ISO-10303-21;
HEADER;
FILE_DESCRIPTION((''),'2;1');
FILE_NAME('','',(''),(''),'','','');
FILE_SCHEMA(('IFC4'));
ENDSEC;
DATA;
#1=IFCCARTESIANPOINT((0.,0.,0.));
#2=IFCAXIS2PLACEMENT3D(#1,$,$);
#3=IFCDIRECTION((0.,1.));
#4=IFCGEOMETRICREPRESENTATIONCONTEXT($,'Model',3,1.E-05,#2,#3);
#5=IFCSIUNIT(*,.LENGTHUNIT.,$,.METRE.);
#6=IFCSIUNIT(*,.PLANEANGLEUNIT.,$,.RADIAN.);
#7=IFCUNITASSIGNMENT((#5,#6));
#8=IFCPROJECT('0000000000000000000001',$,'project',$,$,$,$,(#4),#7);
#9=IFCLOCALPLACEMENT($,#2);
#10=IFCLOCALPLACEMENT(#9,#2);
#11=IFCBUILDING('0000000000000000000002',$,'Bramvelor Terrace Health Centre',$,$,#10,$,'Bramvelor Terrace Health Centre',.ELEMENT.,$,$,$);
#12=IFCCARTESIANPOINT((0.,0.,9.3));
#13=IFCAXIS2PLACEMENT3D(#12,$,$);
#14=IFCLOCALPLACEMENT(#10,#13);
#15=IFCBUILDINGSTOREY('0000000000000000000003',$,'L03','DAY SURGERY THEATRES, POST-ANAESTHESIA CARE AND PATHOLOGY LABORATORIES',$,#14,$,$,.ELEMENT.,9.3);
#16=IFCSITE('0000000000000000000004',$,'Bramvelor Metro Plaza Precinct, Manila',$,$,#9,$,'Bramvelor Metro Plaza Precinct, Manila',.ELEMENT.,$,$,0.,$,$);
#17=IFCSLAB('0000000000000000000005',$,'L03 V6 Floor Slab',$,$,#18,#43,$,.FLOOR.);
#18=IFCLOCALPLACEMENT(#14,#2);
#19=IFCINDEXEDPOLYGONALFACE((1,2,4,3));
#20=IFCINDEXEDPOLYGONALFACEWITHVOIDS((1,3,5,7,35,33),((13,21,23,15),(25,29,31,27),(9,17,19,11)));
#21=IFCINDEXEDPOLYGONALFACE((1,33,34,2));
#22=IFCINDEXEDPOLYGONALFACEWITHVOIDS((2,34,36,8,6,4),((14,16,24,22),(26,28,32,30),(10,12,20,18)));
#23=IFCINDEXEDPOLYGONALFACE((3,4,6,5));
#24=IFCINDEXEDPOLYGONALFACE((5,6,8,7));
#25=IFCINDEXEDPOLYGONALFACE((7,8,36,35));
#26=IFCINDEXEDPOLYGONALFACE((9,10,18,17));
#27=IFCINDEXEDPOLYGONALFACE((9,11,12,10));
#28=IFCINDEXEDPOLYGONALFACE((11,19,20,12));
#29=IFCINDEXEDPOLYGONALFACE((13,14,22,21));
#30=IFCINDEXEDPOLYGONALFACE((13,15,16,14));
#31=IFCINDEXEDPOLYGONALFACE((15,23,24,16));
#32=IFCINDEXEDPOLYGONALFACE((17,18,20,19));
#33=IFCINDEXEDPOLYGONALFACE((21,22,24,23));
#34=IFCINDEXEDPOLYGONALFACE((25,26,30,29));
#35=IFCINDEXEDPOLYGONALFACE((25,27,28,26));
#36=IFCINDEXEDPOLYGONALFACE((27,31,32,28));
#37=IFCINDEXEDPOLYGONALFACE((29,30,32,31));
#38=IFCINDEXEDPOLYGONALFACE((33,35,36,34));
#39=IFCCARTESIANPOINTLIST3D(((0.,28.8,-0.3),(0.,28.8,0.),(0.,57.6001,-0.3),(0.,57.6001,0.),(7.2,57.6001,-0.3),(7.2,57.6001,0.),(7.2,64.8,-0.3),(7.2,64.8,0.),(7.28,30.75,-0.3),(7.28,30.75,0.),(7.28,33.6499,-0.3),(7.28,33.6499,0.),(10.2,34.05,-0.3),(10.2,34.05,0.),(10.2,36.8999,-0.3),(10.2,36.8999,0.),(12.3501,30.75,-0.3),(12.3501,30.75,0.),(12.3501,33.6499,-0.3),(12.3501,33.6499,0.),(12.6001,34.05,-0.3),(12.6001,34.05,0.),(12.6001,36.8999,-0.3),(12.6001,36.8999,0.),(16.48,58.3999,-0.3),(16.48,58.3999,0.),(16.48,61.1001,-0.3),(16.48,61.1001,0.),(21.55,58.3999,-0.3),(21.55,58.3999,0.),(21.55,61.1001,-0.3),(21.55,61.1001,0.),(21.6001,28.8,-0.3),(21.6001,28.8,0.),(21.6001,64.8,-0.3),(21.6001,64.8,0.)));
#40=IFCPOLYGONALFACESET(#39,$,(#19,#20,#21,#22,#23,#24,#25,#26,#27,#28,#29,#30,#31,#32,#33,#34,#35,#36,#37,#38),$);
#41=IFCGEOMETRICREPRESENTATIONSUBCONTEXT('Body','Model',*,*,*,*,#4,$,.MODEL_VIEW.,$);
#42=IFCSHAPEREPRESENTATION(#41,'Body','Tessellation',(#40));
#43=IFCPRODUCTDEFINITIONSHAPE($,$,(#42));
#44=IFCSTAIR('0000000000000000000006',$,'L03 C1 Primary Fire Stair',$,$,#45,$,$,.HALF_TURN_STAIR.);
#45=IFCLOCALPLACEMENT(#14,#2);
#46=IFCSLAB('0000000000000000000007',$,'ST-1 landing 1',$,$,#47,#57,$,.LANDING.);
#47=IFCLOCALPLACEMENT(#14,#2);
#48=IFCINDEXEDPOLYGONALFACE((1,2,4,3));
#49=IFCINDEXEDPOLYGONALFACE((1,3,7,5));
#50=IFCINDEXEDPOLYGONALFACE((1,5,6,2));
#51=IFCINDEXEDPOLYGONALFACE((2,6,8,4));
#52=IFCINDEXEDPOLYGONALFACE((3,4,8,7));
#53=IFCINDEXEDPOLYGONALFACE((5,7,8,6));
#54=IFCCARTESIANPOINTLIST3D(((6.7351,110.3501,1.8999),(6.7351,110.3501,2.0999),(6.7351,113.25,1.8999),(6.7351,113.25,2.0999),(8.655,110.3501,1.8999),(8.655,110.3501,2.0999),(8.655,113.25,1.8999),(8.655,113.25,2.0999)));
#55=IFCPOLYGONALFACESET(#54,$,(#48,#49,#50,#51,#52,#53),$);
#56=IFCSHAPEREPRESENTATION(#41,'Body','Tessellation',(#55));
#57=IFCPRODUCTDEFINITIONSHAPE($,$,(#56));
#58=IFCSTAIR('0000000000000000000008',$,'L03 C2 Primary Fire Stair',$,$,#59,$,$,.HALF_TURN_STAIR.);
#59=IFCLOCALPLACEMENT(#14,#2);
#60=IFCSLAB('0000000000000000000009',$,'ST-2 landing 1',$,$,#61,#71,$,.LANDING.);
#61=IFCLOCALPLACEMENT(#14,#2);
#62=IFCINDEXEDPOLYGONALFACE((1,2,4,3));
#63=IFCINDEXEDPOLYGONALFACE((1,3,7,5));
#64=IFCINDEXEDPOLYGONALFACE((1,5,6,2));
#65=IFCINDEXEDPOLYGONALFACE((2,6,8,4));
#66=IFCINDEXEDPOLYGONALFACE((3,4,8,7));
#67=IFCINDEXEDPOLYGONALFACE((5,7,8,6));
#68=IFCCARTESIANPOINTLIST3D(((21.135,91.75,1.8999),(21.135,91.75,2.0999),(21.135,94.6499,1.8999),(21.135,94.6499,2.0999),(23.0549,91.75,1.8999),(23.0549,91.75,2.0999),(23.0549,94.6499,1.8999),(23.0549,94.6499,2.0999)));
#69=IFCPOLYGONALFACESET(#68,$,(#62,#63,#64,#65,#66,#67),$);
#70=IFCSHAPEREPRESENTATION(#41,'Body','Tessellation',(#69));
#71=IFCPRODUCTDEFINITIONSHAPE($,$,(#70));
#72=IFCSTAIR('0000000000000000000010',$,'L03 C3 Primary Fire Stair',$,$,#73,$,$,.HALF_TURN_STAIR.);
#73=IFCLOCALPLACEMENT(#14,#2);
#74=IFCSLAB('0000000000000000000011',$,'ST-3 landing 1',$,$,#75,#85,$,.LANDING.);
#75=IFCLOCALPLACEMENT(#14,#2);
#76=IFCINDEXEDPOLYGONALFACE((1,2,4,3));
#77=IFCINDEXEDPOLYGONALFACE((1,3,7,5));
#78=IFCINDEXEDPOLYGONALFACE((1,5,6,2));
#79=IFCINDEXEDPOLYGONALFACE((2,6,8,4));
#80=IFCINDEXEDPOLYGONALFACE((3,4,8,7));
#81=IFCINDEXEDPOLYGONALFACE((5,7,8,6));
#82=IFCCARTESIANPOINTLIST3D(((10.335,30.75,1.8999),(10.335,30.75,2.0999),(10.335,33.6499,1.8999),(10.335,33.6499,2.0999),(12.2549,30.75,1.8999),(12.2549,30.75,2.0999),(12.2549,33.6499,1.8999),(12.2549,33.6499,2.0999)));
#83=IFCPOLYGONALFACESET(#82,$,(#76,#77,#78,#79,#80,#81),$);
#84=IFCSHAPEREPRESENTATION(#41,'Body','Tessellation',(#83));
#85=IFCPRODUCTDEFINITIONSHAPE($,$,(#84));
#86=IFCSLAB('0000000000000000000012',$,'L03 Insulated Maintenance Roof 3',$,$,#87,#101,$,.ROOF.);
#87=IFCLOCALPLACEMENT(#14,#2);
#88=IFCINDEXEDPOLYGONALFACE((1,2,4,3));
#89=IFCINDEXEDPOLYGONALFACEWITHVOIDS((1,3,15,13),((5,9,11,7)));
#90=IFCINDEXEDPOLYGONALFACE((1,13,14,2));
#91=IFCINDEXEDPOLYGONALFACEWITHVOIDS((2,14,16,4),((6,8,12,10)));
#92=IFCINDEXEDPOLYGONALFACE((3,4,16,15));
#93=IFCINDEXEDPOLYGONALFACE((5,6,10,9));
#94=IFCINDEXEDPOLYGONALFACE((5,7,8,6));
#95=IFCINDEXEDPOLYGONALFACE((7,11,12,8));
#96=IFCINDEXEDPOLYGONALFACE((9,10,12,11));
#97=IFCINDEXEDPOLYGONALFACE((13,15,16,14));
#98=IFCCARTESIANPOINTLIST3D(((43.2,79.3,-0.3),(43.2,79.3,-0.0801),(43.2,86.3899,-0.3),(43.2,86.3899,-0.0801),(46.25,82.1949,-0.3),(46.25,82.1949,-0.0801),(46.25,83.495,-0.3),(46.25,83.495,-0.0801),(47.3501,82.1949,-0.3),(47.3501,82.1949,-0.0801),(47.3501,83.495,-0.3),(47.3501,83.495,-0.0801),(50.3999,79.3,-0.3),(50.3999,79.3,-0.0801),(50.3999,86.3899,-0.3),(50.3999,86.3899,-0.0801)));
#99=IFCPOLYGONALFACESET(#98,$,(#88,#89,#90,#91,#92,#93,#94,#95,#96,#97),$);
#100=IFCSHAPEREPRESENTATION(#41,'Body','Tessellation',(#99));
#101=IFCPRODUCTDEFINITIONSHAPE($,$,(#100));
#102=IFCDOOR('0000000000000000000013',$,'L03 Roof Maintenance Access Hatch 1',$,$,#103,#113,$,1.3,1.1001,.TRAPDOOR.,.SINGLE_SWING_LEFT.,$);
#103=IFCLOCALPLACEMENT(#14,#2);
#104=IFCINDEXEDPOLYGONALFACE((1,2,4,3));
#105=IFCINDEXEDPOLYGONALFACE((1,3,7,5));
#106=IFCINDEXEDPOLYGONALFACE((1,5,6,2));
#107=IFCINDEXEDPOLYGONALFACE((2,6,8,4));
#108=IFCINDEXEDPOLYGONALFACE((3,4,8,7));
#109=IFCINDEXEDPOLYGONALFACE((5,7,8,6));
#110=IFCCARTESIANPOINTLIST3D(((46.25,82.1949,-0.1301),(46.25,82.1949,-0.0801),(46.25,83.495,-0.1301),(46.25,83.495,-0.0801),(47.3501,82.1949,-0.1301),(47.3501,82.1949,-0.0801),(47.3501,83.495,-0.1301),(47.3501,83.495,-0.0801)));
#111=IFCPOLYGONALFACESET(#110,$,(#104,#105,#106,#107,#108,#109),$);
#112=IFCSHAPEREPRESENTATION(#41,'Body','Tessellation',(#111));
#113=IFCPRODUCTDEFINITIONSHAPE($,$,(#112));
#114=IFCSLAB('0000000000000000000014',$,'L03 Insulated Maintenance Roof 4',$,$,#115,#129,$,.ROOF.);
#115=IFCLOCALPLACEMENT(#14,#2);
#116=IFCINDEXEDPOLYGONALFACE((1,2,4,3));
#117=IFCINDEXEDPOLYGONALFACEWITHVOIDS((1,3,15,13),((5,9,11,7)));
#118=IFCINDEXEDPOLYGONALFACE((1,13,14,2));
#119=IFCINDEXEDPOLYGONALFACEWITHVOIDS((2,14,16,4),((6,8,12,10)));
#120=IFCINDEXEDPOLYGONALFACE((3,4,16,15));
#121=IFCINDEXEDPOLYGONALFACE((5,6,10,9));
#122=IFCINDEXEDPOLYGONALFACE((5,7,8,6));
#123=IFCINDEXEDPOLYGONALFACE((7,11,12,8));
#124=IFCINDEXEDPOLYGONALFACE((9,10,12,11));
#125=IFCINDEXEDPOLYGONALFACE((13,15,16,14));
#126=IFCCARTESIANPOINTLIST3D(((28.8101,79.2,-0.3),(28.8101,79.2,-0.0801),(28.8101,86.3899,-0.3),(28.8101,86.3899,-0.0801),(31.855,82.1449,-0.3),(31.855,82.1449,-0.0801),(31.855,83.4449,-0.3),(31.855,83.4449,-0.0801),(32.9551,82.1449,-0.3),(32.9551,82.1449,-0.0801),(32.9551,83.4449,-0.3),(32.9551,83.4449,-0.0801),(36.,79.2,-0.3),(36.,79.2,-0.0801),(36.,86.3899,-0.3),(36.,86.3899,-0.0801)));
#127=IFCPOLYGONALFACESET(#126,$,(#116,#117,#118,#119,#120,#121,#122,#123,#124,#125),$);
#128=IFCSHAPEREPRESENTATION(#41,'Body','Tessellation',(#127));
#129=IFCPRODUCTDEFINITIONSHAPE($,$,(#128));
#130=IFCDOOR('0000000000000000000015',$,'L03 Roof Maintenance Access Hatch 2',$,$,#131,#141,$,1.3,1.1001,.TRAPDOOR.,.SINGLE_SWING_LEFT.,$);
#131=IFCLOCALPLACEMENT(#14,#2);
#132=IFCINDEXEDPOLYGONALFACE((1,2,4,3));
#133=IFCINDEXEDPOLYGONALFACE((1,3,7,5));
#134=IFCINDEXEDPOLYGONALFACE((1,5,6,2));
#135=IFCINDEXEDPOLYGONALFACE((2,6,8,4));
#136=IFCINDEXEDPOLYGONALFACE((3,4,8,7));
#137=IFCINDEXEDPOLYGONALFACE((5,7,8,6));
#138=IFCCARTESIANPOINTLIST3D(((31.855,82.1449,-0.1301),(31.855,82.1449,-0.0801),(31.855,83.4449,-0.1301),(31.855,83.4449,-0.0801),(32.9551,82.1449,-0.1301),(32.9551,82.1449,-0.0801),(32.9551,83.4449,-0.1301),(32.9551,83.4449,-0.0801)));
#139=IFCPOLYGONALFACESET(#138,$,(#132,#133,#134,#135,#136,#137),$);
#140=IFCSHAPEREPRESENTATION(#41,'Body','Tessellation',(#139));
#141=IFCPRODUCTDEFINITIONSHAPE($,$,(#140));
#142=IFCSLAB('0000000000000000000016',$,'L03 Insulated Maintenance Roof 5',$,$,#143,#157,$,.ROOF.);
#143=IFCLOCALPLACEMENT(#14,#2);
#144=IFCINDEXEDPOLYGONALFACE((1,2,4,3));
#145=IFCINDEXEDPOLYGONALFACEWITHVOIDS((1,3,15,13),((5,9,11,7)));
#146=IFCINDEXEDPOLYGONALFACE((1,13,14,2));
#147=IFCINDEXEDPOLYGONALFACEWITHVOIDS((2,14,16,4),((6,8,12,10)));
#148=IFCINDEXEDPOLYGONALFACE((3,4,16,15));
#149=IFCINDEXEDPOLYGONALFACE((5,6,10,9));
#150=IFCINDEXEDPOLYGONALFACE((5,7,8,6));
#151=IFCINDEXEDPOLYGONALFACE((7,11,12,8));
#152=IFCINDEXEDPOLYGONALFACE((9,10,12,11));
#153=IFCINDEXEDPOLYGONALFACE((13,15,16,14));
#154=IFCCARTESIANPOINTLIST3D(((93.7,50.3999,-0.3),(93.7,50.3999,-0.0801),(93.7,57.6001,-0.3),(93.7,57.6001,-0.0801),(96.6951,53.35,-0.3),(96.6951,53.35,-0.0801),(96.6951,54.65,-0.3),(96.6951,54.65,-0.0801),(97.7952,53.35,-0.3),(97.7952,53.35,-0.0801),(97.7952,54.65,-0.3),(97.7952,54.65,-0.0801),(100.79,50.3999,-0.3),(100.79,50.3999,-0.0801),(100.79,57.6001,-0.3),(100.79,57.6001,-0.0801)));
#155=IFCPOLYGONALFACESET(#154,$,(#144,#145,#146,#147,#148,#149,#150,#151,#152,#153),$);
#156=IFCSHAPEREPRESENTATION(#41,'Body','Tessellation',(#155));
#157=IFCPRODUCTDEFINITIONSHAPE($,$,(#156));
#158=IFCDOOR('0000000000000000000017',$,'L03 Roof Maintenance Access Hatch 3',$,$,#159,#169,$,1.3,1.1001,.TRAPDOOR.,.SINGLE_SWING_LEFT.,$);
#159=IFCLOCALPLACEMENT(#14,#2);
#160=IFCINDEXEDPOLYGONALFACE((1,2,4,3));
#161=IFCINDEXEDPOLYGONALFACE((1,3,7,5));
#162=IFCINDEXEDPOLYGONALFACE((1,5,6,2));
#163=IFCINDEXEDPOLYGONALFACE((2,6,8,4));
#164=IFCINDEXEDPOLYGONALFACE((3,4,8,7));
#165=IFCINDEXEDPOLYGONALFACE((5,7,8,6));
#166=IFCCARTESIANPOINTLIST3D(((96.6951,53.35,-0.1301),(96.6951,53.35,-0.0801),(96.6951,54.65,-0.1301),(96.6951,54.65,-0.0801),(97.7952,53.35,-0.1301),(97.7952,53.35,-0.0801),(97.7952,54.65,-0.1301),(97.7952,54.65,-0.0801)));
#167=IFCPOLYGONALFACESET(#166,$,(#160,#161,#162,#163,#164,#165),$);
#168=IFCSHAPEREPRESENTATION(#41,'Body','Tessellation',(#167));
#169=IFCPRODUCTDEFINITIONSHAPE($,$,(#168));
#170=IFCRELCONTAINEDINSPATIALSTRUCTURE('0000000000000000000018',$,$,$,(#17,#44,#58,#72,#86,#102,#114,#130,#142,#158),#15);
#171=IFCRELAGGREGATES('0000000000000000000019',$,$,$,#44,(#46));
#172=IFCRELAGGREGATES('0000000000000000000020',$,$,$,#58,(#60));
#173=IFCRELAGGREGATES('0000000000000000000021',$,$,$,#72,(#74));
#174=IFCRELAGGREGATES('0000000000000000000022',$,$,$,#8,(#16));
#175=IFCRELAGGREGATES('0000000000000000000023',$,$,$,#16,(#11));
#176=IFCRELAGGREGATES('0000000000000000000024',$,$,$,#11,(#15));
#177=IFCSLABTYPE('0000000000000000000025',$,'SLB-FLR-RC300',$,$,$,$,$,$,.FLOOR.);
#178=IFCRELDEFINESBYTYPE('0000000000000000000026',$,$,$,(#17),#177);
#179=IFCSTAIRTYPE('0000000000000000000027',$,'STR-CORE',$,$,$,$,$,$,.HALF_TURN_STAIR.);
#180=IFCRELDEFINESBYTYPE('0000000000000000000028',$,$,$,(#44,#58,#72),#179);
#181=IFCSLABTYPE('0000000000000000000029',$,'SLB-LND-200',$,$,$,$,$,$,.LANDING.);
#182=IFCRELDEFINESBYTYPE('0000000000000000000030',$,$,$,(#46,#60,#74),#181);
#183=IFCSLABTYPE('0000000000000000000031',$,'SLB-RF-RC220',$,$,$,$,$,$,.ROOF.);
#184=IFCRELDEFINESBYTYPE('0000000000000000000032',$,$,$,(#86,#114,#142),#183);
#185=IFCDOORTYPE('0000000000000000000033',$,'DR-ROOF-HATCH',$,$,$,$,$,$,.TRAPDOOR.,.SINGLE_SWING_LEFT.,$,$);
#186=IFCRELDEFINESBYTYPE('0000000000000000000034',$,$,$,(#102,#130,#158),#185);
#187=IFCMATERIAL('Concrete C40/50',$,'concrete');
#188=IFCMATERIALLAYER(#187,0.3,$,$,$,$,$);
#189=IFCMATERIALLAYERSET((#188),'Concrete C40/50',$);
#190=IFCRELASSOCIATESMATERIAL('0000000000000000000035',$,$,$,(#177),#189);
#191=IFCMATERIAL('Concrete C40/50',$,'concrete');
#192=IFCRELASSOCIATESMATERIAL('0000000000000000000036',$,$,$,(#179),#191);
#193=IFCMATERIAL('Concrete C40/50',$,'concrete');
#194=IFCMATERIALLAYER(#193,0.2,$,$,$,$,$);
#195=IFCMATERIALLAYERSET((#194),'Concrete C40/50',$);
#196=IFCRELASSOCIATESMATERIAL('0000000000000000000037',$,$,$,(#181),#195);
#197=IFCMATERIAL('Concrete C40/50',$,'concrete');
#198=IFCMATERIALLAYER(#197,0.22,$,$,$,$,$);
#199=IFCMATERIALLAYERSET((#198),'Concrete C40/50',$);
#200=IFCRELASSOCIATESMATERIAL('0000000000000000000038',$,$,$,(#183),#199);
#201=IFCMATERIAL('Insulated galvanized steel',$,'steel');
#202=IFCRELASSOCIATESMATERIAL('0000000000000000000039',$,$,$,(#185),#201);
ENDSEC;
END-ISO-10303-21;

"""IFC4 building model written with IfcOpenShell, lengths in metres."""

from ifc_helpers import new_model, si_unit, direction, frame, origin, origin_2d, place, context, subcontext, project, spatial, polyline, rectangle, outline, extrude, material, layer, layer_set, type_object, element, fill, aggregate, save


model = new_model("IFC4")

# Units and contexts
model_context = context("Model", 3, precision=1e-05, world=origin(), true_north=direction((0.0, 1.0)))
body_context = subcontext(model_context, "Body", "Model", "MODEL_VIEW")
ifc_project = project(units=[si_unit("LENGTHUNIT", "METRE"), si_unit("PLANEANGLEUNIT", "RADIAN")], contexts=[model_context])

# Site, building, storey
site_placement = place(None, origin())
site = spatial("IfcSite", under=ifc_project, at=site_placement, Name="Bramvelor Metro Plaza Precinct, Manila", LongName="Bramvelor Metro Plaza Precinct, Manila", CompositionType="ELEMENT", RefElevation=0.0)
building_placement = place(site_placement, origin())
building = spatial("IfcBuilding", under=site, at=building_placement, Name="Bramvelor Terrace Health Centre", LongName="Bramvelor Terrace Health Centre", CompositionType="ELEMENT")
storey_placement = place(building_placement, frame((0.0, 0.0, 9.3)))
storey = spatial("IfcBuildingStorey", under=building, at=storey_placement, Name="L03", Description="DAY SURGERY THEATRES, POST-ANAESTHESIA CARE AND PATHOLOGY LABORATORIES", CompositionType="ELEMENT", Elevation=9.3)

# Slab
ifc_material_1 = material(Name="Concrete C40/50", Category="concrete")
ifc_layer_1 = layer(ifc_material_1, 0.3)
ifc_layer_set_1 = layer_set([ifc_layer_1], Name="Concrete C40/50")
slab_type_1 = type_object("IfcSlabType", Name="SLB-FLR-RC300", PredefinedType="FLOOR", material=ifc_layer_set_1)
slab_1_placement = place(storey_placement, frame((0.0, 0.0, -0.3)))
element("IfcSlab", 1, at=slab_1_placement, inside=storey, type_object=slab_type_1, Name="L03 V6 Floor Slab", PredefinedType="FLOOR", context=body_context, shape_type="SweptSolid", body=[
    extrude(outline(polyline([(0.0, 57.6001), (7.2, 57.6001), (7.2, 64.8), (21.6001, 64.8), (21.6001, 28.8), (0.0, 28.8), (0.0, 57.6001)]), holes=[polyline([(7.28, 30.75), (12.3501, 30.75), (12.3501, 33.6499), (7.28, 33.6499), (7.28, 30.75)]), polyline([(10.2, 36.8999), (10.2, 34.05), (12.6001, 34.05), (12.6001, 36.8999), (10.2, 36.8999)]), polyline([(21.55, 61.1001), (16.48, 61.1001), (16.48, 58.3999), (21.55, 58.3999), (21.55, 61.1001)])]), origin(), (0.0, 0.0, 1.0), 0.3),
])

# Stairs, slabs
ifc_material_2 = material(Name="Concrete C40/50", Category="concrete")
stair_type = type_object("IfcStairType", Name="STR-CORE", PredefinedType="HALF_TURN_STAIR", material=ifc_material_2)
stair_1_placement = place(storey_placement, origin())
stair_1 = element("IfcStair", 2, at=stair_1_placement, inside=storey, type_object=stair_type, Name="L03 C1 Primary Fire Stair", PredefinedType="HALF_TURN_STAIR")
ifc_material_3 = material(Name="Concrete C40/50", Category="concrete")
ifc_layer_2 = layer(ifc_material_3, 0.2)
ifc_layer_set_2 = layer_set([ifc_layer_2], Name="Concrete C40/50")
slab_type_2 = type_object("IfcSlabType", Name="SLB-LND-200", PredefinedType="LANDING", material=ifc_layer_set_2)
slab_2_placement = place(storey_placement, frame((0.0, 0.0, 1.8999)))
slab_2 = element("IfcSlab", 3, at=slab_2_placement, type_object=slab_type_2, Name="ST-1 landing 1", PredefinedType="LANDING", context=body_context, shape_type="SweptSolid", body=[
    extrude(outline(polyline([(6.7351, 110.3501), (8.655, 110.3501), (8.655, 113.25), (6.7351, 113.25), (6.7351, 110.3501)])), origin(), (0.0, 0.0, 1.0), 0.2),
])
aggregate(stair_1, [slab_2])
stair_2_placement = place(storey_placement, origin())
stair_2 = element("IfcStair", 4, at=stair_2_placement, inside=storey, type_object=stair_type, Name="L03 C2 Primary Fire Stair", PredefinedType="HALF_TURN_STAIR")
slab_3_placement = place(storey_placement, frame((0.0, 0.0, 1.8999)))
slab_3 = element("IfcSlab", 5, at=slab_3_placement, type_object=slab_type_2, Name="ST-2 landing 1", PredefinedType="LANDING", context=body_context, shape_type="SweptSolid", body=[
    extrude(outline(polyline([(21.135, 91.75), (23.0549, 91.75), (23.0549, 94.6499), (21.135, 94.6499), (21.135, 91.75)])), origin(), (0.0, 0.0, 1.0), 0.2),
])
aggregate(stair_2, [slab_3])
stair_3_placement = place(storey_placement, origin())
stair_3 = element("IfcStair", 6, at=stair_3_placement, inside=storey, type_object=stair_type, Name="L03 C3 Primary Fire Stair", PredefinedType="HALF_TURN_STAIR")
slab_4_placement = place(storey_placement, frame((0.0, 0.0, 1.8999)))
slab_4 = element("IfcSlab", 7, at=slab_4_placement, type_object=slab_type_2, Name="ST-3 landing 1", PredefinedType="LANDING", context=body_context, shape_type="SweptSolid", body=[
    extrude(outline(polyline([(10.335, 30.75), (12.2549, 30.75), (12.2549, 33.6499), (10.335, 33.6499), (10.335, 30.75)])), origin(), (0.0, 0.0, 1.0), 0.2),
])
aggregate(stair_3, [slab_4])

# Slabs, openings, doors
ifc_material_4 = material(Name="Concrete C40/50", Category="concrete")
ifc_layer_3 = layer(ifc_material_4, 0.22)
ifc_layer_set_3 = layer_set([ifc_layer_3], Name="Concrete C40/50")
slab_type_3 = type_object("IfcSlabType", Name="SLB-RF-RC220", PredefinedType="ROOF", material=ifc_layer_set_3)
slab_5_placement = place(storey_placement, frame((0.0, 0.0, -0.3)))
slab_5 = element("IfcSlab", 8, at=slab_5_placement, inside=storey, type_object=slab_type_3, Name="L03 Insulated Maintenance Roof 3", PredefinedType="ROOF", context=body_context, shape_type="SweptSolid", body=[
    extrude(outline(polyline([(43.2, 79.3), (43.2, 86.3899), (50.3999, 86.3899), (50.3999, 79.3), (43.2, 79.3)])), origin(), (0.0, 0.0, 1.0), 0.22),
])
opening_1_placement = place(slab_5_placement, frame((46.8, 82.845, 0.0)))
opening_1 = element("IfcOpeningElement", 9, at=opening_1_placement, cuts=slab_5, PredefinedType="OPENING", context=body_context, shape_type="SweptSolid", body=[
    extrude(rectangle(XDim=1.1001, YDim=1.3, at=origin_2d()), origin(), (0.0, 0.0, 1.0), 0.22),
])
ifc_material_5 = material(Name="Insulated galvanized steel", Category="steel")
door_type = type_object("IfcDoorType", Name="DR-ROOF-HATCH", OperationType="SINGLE_SWING_LEFT", PredefinedType="TRAPDOOR", material=ifc_material_5)
door_1_placement = place(opening_1_placement, frame((0.0, 0.0, 0.1699)))
door_1 = element("IfcDoor", 10, at=door_1_placement, inside=storey, type_object=door_type, Name="L03 Roof Maintenance Access Hatch 1", OperationType="SINGLE_SWING_LEFT", OverallHeight=1.3, OverallWidth=1.1001, PredefinedType="TRAPDOOR", context=body_context, shape_type="SweptSolid", body=[
    extrude(rectangle(XDim=1.1001, YDim=1.3, at=origin_2d()), origin(), (0.0, 0.0, 1.0), 0.05),
])
fill(opening_1, door_1)
slab_6_placement = place(storey_placement, frame((0.0, 0.0, -0.3)))
slab_6 = element("IfcSlab", 11, at=slab_6_placement, inside=storey, type_object=slab_type_3, Name="L03 Insulated Maintenance Roof 4", PredefinedType="ROOF", context=body_context, shape_type="SweptSolid", body=[
    extrude(outline(polyline([(28.8101, 79.2), (28.8101, 86.3899), (36.0, 86.3899), (36.0, 79.2), (28.8101, 79.2)])), origin(), (0.0, 0.0, 1.0), 0.22),
])
opening_2_placement = place(slab_6_placement, frame((32.405, 82.7949, 0.0)))
opening_2 = element("IfcOpeningElement", 12, at=opening_2_placement, cuts=slab_6, PredefinedType="OPENING", context=body_context, shape_type="SweptSolid", body=[
    extrude(rectangle(XDim=1.1001, YDim=1.3, at=origin_2d()), origin(), (0.0, 0.0, 1.0), 0.22),
])
door_2_placement = place(opening_2_placement, frame((0.0, 0.0, 0.1699)))
door_2 = element("IfcDoor", 13, at=door_2_placement, inside=storey, type_object=door_type, Name="L03 Roof Maintenance Access Hatch 2", OperationType="SINGLE_SWING_LEFT", OverallHeight=1.3, OverallWidth=1.1001, PredefinedType="TRAPDOOR", context=body_context, shape_type="SweptSolid", body=[
    extrude(rectangle(XDim=1.1001, YDim=1.3, at=origin_2d()), origin(), (0.0, 0.0, 1.0), 0.05),
])
fill(opening_2, door_2)
slab_7_placement = place(storey_placement, frame((0.0, 0.0, -0.3)))
slab_7 = element("IfcSlab", 14, at=slab_7_placement, inside=storey, type_object=slab_type_3, Name="L03 Insulated Maintenance Roof 5", PredefinedType="ROOF", context=body_context, shape_type="SweptSolid", body=[
    extrude(outline(polyline([(93.7, 57.6001), (100.79, 57.6001), (100.79, 50.3999), (93.7, 50.3999), (93.7, 57.6001)])), origin(), (0.0, 0.0, 1.0), 0.22),
])
opening_3_placement = place(slab_7_placement, frame((97.2451, 54.0, 0.0)))
opening_3 = element("IfcOpeningElement", 15, at=opening_3_placement, cuts=slab_7, PredefinedType="OPENING", context=body_context, shape_type="SweptSolid", body=[
    extrude(rectangle(XDim=1.1001, YDim=1.3, at=origin_2d()), origin(), (0.0, 0.0, 1.0), 0.22),
])
door_3_placement = place(opening_3_placement, frame((0.0, 0.0, 0.1699)))
door_3 = element("IfcDoor", 16, at=door_3_placement, inside=storey, type_object=door_type, Name="L03 Roof Maintenance Access Hatch 3", OperationType="SINGLE_SWING_LEFT", OverallHeight=1.3, OverallWidth=1.1001, PredefinedType="TRAPDOOR", context=body_context, shape_type="SweptSolid", body=[
    extrude(rectangle(XDim=1.1001, YDim=1.3, at=origin_2d()), origin(), (0.0, 0.0, 1.0), 0.05),
])
fill(opening_3, door_3)

save(model, "model.ifc")
